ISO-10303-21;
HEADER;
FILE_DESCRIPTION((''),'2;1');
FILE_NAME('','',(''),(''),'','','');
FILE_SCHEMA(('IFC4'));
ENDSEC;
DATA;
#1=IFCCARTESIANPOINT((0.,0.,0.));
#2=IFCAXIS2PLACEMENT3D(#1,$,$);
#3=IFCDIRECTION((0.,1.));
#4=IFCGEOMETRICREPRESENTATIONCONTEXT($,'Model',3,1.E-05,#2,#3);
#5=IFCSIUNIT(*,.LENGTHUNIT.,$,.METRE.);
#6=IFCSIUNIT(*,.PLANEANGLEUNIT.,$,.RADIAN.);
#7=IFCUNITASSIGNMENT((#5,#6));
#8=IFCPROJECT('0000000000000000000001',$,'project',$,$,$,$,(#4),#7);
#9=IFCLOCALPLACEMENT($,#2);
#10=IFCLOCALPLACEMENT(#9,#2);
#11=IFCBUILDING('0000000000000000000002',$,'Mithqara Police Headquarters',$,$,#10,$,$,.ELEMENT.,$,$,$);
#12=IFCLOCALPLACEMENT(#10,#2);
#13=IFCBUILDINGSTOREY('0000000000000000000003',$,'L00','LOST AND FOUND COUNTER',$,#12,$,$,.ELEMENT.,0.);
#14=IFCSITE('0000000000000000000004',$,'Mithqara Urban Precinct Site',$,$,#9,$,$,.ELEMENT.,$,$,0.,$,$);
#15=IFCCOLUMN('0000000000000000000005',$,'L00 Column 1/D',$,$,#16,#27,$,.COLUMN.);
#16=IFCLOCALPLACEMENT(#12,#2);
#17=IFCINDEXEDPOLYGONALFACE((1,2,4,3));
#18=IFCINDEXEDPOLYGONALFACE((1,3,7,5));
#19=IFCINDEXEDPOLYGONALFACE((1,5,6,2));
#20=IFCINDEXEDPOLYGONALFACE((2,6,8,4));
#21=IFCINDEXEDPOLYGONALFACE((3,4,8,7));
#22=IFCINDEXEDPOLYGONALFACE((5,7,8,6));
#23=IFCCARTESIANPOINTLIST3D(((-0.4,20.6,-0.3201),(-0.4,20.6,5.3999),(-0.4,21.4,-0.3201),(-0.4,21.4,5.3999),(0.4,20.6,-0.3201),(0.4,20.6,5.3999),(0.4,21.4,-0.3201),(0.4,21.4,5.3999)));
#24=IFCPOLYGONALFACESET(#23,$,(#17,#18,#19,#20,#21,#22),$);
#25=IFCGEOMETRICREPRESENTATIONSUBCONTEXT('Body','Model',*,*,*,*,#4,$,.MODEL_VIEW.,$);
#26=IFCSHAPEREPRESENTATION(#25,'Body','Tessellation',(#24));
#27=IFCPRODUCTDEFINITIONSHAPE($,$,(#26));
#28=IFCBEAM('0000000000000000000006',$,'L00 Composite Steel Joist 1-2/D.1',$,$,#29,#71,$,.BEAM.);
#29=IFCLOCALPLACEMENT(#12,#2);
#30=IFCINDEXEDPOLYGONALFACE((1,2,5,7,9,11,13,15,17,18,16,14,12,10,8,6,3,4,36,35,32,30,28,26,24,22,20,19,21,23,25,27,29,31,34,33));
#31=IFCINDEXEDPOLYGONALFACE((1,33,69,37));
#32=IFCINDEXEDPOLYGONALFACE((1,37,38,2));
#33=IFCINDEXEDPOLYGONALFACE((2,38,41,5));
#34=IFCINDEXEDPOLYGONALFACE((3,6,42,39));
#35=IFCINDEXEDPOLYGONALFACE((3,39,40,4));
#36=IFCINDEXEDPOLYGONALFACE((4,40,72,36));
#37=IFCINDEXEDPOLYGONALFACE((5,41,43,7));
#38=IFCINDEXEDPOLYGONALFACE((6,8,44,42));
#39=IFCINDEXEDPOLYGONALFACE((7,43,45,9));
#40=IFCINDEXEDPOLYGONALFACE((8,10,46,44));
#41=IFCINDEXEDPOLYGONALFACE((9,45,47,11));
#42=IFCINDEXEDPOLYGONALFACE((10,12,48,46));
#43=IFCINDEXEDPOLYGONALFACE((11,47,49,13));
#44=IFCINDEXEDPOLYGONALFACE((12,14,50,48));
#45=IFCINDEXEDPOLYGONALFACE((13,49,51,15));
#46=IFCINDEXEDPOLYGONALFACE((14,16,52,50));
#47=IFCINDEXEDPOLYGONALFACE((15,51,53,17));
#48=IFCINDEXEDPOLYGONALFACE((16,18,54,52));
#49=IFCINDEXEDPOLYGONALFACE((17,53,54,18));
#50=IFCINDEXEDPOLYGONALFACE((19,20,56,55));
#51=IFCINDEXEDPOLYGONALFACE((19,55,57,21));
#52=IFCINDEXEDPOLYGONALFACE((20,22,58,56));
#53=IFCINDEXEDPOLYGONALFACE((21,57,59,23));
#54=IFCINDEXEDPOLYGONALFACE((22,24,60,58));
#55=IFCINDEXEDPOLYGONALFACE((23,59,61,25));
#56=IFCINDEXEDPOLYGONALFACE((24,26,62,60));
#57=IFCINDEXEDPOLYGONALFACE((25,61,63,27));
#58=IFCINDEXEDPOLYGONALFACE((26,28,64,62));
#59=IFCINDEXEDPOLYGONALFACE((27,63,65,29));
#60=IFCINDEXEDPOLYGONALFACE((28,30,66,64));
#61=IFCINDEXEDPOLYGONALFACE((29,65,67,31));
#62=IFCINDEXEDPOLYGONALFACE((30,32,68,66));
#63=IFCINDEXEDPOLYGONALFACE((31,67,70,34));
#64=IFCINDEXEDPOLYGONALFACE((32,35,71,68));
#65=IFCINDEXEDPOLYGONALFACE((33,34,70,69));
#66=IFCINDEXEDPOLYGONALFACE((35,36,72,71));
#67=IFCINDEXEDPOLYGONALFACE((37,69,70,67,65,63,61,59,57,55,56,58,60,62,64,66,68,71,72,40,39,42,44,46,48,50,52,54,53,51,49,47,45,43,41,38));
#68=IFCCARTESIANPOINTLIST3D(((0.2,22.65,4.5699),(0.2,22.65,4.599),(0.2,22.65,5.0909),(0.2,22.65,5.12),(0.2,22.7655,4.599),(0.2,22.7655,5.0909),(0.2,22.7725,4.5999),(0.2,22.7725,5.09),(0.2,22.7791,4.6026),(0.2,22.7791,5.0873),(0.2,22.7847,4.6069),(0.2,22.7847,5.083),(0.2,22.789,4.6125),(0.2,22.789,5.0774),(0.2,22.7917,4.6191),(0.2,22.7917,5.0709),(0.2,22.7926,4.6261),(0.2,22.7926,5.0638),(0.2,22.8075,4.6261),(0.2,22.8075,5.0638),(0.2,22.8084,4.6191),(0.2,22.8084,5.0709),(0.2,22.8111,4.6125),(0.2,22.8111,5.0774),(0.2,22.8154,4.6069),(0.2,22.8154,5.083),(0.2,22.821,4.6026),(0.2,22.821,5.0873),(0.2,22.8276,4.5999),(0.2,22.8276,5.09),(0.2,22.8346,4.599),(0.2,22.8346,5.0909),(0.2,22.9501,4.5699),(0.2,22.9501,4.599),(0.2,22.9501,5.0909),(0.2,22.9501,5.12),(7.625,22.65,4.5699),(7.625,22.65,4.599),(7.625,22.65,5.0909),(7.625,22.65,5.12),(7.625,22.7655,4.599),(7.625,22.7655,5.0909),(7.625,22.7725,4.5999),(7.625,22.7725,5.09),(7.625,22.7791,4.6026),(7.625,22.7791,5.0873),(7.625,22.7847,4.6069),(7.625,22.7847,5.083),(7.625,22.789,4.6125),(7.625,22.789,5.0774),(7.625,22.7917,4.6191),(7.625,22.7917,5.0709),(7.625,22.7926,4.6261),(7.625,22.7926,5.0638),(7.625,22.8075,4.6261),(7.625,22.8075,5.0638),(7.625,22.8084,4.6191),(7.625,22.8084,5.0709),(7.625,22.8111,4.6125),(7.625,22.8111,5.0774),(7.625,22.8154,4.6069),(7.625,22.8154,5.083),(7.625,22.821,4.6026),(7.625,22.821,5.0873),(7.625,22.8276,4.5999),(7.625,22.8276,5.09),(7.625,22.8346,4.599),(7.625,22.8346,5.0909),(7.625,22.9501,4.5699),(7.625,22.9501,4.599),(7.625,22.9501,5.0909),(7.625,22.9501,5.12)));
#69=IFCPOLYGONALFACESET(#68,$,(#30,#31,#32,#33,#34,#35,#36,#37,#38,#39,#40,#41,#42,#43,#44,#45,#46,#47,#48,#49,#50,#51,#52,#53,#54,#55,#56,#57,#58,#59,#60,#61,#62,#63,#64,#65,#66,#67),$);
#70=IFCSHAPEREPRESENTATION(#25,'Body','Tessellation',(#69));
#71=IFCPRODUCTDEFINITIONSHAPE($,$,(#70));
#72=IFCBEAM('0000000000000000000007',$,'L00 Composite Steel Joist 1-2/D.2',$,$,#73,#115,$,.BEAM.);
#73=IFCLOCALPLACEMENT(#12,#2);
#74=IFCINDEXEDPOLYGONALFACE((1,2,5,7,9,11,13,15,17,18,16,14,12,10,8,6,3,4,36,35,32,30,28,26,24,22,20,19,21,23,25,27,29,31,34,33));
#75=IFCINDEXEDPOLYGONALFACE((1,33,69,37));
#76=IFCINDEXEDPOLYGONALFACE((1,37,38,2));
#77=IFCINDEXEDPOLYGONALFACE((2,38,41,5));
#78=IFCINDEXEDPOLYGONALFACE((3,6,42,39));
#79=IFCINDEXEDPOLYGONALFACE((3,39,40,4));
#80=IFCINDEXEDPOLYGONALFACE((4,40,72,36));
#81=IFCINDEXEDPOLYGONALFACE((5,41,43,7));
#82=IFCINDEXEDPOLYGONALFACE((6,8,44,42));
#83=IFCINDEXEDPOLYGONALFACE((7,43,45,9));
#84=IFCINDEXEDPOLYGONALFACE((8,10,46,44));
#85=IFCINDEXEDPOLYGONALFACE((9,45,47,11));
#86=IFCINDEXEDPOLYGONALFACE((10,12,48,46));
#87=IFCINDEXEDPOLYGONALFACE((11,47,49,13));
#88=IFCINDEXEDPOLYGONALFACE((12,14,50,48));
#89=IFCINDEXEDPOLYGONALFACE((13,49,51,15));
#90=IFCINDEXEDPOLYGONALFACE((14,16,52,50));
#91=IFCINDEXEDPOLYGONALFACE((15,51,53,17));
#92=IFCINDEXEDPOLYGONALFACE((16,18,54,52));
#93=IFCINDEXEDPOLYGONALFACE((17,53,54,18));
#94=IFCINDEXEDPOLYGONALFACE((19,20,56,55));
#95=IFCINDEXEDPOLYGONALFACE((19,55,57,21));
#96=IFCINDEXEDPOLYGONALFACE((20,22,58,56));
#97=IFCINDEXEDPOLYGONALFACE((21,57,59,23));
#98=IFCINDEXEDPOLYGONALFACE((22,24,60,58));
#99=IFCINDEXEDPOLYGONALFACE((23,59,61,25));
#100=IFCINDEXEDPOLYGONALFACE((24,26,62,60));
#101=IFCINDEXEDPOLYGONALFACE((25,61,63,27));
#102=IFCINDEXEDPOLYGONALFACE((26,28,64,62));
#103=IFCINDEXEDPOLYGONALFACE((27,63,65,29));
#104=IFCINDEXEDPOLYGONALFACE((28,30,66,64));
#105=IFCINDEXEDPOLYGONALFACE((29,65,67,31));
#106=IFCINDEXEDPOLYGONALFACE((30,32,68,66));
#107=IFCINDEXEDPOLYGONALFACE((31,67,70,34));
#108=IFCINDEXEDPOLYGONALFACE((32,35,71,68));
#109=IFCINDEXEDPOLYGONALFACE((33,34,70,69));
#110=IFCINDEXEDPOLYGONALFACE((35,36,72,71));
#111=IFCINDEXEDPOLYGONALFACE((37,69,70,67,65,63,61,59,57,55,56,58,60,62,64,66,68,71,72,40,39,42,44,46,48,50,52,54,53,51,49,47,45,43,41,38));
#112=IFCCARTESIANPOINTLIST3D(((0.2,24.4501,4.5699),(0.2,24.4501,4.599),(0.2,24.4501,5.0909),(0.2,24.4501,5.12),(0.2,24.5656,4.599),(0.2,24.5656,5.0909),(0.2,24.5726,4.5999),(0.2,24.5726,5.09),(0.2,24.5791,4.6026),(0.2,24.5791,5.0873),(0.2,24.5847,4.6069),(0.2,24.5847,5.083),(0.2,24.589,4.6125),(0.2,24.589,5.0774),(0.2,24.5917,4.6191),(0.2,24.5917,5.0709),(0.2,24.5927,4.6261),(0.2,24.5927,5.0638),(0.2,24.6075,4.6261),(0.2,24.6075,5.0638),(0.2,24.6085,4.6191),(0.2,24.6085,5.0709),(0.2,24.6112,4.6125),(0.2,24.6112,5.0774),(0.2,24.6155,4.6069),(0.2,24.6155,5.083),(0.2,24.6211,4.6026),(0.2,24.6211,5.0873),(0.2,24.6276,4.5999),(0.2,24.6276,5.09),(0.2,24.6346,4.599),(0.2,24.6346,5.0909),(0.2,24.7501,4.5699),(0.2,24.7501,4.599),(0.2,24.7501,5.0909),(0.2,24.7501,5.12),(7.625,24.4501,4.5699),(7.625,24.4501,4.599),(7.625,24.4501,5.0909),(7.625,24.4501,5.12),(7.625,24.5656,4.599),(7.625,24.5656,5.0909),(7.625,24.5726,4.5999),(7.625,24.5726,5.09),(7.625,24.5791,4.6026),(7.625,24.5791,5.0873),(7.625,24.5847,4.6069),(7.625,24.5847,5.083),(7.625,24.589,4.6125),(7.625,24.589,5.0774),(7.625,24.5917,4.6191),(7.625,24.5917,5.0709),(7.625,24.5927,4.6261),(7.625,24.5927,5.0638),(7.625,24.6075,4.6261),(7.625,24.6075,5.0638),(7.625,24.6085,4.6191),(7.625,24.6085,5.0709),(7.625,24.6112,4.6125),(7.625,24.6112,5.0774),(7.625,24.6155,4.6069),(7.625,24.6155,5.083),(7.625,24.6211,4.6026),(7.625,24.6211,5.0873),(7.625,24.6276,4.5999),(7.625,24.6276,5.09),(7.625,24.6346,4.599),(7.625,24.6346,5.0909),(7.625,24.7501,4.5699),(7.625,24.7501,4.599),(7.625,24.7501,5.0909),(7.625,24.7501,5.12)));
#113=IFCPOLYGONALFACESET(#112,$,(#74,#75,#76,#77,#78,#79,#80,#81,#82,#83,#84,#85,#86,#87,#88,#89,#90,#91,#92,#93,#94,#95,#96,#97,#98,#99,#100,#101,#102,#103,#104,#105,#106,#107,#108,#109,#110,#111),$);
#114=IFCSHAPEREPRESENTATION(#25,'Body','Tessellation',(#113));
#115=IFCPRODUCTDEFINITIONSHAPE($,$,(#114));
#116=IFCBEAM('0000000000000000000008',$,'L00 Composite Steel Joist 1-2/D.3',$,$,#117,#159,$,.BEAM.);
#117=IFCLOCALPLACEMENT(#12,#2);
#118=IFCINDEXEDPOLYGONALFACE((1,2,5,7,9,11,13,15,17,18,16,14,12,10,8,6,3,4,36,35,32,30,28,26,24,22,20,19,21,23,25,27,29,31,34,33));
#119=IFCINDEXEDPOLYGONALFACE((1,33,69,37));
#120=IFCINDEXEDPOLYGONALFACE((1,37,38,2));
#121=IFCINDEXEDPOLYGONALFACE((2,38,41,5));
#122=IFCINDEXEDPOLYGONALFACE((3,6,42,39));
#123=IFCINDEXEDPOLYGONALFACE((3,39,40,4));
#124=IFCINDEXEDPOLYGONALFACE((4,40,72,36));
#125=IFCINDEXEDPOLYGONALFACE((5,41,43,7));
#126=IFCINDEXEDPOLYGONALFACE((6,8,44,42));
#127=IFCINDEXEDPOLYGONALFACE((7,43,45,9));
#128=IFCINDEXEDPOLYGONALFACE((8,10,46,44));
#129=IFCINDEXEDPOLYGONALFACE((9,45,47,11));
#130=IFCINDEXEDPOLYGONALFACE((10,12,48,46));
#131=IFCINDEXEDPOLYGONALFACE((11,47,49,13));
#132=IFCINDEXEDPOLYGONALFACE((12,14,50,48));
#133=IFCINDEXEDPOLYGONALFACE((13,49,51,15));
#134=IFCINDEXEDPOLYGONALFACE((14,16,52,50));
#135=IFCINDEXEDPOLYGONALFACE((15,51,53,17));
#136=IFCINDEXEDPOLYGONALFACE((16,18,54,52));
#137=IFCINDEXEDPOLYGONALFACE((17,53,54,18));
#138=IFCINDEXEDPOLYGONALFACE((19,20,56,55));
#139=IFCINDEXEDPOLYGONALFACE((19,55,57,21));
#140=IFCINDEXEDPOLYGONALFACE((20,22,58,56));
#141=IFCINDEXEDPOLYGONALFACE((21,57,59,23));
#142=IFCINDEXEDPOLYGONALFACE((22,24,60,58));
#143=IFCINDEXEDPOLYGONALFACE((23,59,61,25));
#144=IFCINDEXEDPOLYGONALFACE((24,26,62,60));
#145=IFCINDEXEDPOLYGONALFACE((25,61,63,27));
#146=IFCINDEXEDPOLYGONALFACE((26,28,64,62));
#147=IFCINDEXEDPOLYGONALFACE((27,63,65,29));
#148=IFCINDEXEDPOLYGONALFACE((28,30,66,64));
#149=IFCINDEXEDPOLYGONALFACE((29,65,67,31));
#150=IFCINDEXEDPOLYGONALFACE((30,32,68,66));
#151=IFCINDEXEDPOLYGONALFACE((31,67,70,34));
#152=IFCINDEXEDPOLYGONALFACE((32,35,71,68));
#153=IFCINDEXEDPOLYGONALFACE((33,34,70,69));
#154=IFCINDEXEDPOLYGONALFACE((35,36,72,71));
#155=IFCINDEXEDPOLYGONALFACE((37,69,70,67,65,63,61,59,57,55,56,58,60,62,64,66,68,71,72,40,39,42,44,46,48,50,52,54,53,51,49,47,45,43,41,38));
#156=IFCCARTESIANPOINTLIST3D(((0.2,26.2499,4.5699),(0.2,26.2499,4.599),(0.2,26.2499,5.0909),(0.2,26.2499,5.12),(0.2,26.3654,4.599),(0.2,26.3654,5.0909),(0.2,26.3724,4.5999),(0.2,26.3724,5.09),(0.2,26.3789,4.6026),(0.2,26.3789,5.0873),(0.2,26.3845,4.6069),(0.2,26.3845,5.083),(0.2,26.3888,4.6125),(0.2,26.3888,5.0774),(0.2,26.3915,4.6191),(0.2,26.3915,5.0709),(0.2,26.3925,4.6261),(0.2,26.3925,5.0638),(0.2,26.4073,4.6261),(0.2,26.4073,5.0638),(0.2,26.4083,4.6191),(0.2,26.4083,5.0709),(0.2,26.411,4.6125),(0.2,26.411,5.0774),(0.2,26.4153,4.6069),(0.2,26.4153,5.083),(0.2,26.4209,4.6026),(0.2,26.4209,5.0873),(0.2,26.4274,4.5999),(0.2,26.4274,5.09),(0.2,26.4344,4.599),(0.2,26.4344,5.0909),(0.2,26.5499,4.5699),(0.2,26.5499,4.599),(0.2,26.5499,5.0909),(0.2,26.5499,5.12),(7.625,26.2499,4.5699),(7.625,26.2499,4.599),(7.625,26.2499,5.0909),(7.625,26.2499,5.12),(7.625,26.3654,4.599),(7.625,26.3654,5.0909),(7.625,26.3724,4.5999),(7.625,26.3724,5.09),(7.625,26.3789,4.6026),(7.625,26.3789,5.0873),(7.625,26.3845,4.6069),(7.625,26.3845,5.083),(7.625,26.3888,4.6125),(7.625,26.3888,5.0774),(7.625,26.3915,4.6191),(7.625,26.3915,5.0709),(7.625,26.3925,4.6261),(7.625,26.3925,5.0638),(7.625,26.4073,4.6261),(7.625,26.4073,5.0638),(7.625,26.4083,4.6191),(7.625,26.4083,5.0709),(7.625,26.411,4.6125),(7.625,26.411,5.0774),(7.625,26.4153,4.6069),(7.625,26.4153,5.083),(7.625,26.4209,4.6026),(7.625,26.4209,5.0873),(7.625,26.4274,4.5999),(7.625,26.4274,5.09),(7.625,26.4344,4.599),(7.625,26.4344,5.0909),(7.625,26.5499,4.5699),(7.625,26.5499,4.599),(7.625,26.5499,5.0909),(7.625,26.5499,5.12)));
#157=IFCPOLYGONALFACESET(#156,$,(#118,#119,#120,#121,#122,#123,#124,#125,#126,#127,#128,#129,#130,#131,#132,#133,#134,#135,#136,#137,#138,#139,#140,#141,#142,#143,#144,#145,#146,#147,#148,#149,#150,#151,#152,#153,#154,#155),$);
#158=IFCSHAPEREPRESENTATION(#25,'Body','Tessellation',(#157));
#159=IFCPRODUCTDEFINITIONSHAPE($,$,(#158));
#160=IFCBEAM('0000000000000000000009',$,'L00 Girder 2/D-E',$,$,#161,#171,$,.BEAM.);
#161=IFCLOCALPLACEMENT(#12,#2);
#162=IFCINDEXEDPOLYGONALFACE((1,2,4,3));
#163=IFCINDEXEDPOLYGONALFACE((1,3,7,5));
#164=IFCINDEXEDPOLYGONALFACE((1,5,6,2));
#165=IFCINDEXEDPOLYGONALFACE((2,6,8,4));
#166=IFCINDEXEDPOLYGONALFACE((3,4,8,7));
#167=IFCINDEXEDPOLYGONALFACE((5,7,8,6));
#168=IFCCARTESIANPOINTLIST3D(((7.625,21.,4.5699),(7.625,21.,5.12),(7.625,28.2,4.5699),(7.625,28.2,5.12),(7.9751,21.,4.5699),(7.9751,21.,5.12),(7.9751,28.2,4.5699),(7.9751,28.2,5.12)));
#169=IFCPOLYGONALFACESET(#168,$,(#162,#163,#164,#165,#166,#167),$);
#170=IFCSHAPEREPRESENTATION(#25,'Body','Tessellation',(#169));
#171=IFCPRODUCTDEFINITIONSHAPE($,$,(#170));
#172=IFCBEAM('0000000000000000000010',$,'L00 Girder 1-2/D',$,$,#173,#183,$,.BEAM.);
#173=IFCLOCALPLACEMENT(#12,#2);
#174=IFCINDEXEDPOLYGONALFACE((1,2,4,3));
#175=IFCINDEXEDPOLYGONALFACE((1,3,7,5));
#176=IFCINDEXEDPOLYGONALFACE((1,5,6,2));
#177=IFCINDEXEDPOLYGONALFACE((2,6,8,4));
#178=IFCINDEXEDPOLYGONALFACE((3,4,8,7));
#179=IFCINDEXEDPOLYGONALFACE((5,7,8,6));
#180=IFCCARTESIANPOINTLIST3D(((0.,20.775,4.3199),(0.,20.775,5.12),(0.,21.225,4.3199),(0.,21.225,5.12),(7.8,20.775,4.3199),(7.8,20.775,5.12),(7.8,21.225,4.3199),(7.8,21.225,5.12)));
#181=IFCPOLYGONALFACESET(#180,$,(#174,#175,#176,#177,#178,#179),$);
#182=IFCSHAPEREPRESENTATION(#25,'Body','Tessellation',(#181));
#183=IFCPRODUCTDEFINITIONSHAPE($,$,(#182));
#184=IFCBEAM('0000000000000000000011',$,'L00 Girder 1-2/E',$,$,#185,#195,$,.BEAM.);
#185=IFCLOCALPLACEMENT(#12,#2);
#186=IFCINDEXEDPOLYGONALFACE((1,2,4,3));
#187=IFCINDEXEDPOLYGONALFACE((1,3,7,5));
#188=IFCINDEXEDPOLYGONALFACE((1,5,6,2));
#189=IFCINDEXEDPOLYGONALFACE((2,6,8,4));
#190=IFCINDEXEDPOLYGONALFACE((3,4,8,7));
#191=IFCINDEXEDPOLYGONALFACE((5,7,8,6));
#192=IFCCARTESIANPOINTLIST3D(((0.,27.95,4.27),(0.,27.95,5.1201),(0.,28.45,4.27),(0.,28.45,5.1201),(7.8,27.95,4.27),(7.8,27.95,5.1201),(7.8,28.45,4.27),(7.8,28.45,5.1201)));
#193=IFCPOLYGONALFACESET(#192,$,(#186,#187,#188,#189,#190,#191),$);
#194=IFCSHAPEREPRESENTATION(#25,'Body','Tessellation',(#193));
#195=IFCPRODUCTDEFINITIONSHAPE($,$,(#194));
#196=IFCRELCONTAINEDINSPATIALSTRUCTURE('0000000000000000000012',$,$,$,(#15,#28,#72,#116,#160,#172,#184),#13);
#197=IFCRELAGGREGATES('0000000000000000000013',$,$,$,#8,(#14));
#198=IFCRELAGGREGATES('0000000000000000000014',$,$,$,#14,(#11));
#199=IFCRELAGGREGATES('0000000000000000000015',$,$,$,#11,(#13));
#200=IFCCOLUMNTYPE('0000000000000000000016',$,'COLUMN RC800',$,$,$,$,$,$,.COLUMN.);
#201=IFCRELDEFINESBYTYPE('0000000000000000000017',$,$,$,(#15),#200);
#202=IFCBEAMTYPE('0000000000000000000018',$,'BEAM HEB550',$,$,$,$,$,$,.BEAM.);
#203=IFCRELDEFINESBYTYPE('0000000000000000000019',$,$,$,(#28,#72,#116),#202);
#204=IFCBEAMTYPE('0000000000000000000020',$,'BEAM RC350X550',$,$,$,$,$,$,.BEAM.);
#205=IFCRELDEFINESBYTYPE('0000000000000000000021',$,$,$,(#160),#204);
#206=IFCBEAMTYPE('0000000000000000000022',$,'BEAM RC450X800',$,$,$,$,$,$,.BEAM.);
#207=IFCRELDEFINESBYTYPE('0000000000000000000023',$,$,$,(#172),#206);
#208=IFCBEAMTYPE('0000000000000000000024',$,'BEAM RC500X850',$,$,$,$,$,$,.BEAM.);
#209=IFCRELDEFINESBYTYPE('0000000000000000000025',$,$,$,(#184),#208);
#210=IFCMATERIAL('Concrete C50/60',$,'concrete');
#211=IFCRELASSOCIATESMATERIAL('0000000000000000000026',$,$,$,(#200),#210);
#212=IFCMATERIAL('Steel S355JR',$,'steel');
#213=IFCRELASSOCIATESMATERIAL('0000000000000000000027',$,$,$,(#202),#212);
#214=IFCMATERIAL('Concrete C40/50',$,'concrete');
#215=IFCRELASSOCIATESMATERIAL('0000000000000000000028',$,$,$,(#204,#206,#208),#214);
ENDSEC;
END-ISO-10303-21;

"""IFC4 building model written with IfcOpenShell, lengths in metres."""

from ifc_helpers import new_model, si_unit, direction, frame, origin, origin_2d, place, context, subcontext, project, spatial, rectangle, i_section, extrude, material, material_profile, profile_set, type_object, element, save


model = new_model("IFC4")

# Units and contexts
model_context = context("Model", 3, precision=1e-05, world=origin(), true_north=direction((0.0, 1.0)))
body_context = subcontext(model_context, "Body", "Model", "MODEL_VIEW")
ifc_project = project(units=[si_unit("LENGTHUNIT", "METRE"), si_unit("PLANEANGLEUNIT", "RADIAN")], contexts=[model_context])

# Site, building, storey
site_placement = place(None, origin())
site = spatial("IfcSite", under=ifc_project, at=site_placement, Name="Mithqara Urban Precinct Site", CompositionType="ELEMENT", RefElevation=0.0)
building_placement = place(site_placement, origin())
building = spatial("IfcBuilding", under=site, at=building_placement, Name="Mithqara Police Headquarters", CompositionType="ELEMENT")
storey_placement = place(building_placement, origin())
storey = spatial("IfcBuildingStorey", under=building, at=storey_placement, Name="L00", Description="LOST AND FOUND COUNTER", CompositionType="ELEMENT", Elevation=0.0)

# Shared definitions
ifc_material_1 = material(Name="Concrete C40/50", Category="concrete")

# Column
ifc_material_2 = material(Name="Concrete C50/60", Category="concrete")
ifc_material_profile_1 = material_profile(ifc_material_2, rectangle(XDim=0.8, YDim=0.8, at=origin_2d()), Name="RC 800x800")
ifc_profile_set_1 = profile_set([ifc_material_profile_1], Name="Concrete C50/60")
column_type_1 = type_object("IfcColumnType", Name="COLUMN RC800", PredefinedType="COLUMN", material=ifc_profile_set_1)
column_1_placement = place(storey_placement, frame((0.0, 21.0, -0.3201), z_axis=(0.0, 0.0, 1.0), x_axis=(1.0, 0.0, 0.0)))
element("IfcColumn", 1, at=column_1_placement, inside=storey, type_object=column_type_1, Name="L00 Column 1/D", PredefinedType="COLUMN", context=body_context, shape_type="SweptSolid", body=[
    extrude(rectangle(XDim=0.8, YDim=0.8, at=origin_2d()), origin(), (0.0, 0.0, 1.0), 5.72),
])

# Beams
ifc_material_3 = material(Name="Steel S355JR", Category="steel")
ifc_material_profile_2 = material_profile(ifc_material_3, i_section(OverallWidth=0.3, OverallDepth=0.55, WebThickness=0.0149, FlangeThickness=0.0291, FilletRadius=0.0271, at=origin_2d()), Name="HEB 550")
ifc_profile_set_2 = profile_set([ifc_material_profile_2], Name="Steel S355JR")
beam_type_1 = type_object("IfcBeamType", Name="BEAM HEB550", PredefinedType="BEAM", material=ifc_profile_set_2)
for number, where, z_axis, x_axis, name in (
    (2, (0.2, 22.8, 4.845), (1.0, 0.0, 0.0), (0.0, 1.0, 0.0), "L00 Composite Steel Joist 1-2/D.1"),
    (3, (0.2, 24.6001, 4.845), (1.0, 0.0, 0.0), (0.0, 1.0, 0.0), "L00 Composite Steel Joist 1-2/D.2"),
    (4, (0.2, 26.3999, 4.845), (1.0, 0.0, 0.0), (0.0, 1.0, 0.0), "L00 Composite Steel Joist 1-2/D.3"),
):
    element("IfcBeam", number, at=place(storey_placement, frame(where, z_axis=z_axis, x_axis=x_axis)), inside=storey, type_object=beam_type_1, Name=name, PredefinedType="BEAM", context=body_context, shape_type="SweptSolid", body=[
        extrude(i_section(OverallWidth=0.3, OverallDepth=0.55, WebThickness=0.0149, FlangeThickness=0.0291, FilletRadius=0.0271, at=origin_2d()), origin(), (0.0, 0.0, 1.0), 7.425),
    ])
ifc_material_profile_3 = material_profile(ifc_material_1, rectangle(XDim=0.3501, YDim=0.55, at=origin_2d()), Name="RC 350x550")
ifc_profile_set_3 = profile_set([ifc_material_profile_3], Name="Concrete C40/50")
beam_type_2 = type_object("IfcBeamType", Name="BEAM RC350X550", PredefinedType="BEAM", material=ifc_profile_set_3)
beam_1_placement = place(storey_placement, frame((7.8, 21.0, 4.845), z_axis=(0.0, 1.0, 0.0), x_axis=(-1.0, 0.0, 0.0)))
element("IfcBeam", 5, at=beam_1_placement, inside=storey, type_object=beam_type_2, Name="L00 Girder 2/D-E", PredefinedType="BEAM", context=body_context, shape_type="SweptSolid", body=[
    extrude(rectangle(XDim=0.3501, YDim=0.55, at=origin_2d()), origin(), (0.0, 0.0, 1.0), 7.2),
])
ifc_material_profile_4 = material_profile(ifc_material_1, rectangle(XDim=0.45, YDim=0.8, at=origin_2d()), Name="RC 450x800")
ifc_profile_set_4 = profile_set([ifc_material_profile_4], Name="Concrete C40/50")
beam_type_3 = type_object("IfcBeamType", Name="BEAM RC450X800", PredefinedType="BEAM", material=ifc_profile_set_4)
beam_2_placement = place(storey_placement, frame((0.0, 21.0, 4.72), z_axis=(1.0, 0.0, 0.0), x_axis=(0.0, 1.0, 0.0)))
element("IfcBeam", 6, at=beam_2_placement, inside=storey, type_object=beam_type_3, Name="L00 Girder 1-2/D", PredefinedType="BEAM", context=body_context, shape_type="SweptSolid", body=[
    extrude(rectangle(XDim=0.45, YDim=0.8, at=origin_2d()), origin(), (0.0, 0.0, 1.0), 7.8),
])
ifc_material_profile_5 = material_profile(ifc_material_1, rectangle(XDim=0.5, YDim=0.8501, at=origin_2d()), Name="RC 500x850")
ifc_profile_set_5 = profile_set([ifc_material_profile_5], Name="Concrete C40/50")
beam_type_4 = type_object("IfcBeamType", Name="BEAM RC500X850", PredefinedType="BEAM", material=ifc_profile_set_5)
beam_3_placement = place(storey_placement, frame((0.0, 28.2, 4.6951), z_axis=(1.0, 0.0, 0.0), x_axis=(0.0, 1.0, 0.0)))
element("IfcBeam", 7, at=beam_3_placement, inside=storey, type_object=beam_type_4, Name="L00 Girder 1-2/E", PredefinedType="BEAM", context=body_context, shape_type="SweptSolid", body=[
    extrude(rectangle(XDim=0.5, YDim=0.8501, at=origin_2d()), origin(), (0.0, 0.0, 1.0), 7.8),
])

save(model, "model.ifc")
